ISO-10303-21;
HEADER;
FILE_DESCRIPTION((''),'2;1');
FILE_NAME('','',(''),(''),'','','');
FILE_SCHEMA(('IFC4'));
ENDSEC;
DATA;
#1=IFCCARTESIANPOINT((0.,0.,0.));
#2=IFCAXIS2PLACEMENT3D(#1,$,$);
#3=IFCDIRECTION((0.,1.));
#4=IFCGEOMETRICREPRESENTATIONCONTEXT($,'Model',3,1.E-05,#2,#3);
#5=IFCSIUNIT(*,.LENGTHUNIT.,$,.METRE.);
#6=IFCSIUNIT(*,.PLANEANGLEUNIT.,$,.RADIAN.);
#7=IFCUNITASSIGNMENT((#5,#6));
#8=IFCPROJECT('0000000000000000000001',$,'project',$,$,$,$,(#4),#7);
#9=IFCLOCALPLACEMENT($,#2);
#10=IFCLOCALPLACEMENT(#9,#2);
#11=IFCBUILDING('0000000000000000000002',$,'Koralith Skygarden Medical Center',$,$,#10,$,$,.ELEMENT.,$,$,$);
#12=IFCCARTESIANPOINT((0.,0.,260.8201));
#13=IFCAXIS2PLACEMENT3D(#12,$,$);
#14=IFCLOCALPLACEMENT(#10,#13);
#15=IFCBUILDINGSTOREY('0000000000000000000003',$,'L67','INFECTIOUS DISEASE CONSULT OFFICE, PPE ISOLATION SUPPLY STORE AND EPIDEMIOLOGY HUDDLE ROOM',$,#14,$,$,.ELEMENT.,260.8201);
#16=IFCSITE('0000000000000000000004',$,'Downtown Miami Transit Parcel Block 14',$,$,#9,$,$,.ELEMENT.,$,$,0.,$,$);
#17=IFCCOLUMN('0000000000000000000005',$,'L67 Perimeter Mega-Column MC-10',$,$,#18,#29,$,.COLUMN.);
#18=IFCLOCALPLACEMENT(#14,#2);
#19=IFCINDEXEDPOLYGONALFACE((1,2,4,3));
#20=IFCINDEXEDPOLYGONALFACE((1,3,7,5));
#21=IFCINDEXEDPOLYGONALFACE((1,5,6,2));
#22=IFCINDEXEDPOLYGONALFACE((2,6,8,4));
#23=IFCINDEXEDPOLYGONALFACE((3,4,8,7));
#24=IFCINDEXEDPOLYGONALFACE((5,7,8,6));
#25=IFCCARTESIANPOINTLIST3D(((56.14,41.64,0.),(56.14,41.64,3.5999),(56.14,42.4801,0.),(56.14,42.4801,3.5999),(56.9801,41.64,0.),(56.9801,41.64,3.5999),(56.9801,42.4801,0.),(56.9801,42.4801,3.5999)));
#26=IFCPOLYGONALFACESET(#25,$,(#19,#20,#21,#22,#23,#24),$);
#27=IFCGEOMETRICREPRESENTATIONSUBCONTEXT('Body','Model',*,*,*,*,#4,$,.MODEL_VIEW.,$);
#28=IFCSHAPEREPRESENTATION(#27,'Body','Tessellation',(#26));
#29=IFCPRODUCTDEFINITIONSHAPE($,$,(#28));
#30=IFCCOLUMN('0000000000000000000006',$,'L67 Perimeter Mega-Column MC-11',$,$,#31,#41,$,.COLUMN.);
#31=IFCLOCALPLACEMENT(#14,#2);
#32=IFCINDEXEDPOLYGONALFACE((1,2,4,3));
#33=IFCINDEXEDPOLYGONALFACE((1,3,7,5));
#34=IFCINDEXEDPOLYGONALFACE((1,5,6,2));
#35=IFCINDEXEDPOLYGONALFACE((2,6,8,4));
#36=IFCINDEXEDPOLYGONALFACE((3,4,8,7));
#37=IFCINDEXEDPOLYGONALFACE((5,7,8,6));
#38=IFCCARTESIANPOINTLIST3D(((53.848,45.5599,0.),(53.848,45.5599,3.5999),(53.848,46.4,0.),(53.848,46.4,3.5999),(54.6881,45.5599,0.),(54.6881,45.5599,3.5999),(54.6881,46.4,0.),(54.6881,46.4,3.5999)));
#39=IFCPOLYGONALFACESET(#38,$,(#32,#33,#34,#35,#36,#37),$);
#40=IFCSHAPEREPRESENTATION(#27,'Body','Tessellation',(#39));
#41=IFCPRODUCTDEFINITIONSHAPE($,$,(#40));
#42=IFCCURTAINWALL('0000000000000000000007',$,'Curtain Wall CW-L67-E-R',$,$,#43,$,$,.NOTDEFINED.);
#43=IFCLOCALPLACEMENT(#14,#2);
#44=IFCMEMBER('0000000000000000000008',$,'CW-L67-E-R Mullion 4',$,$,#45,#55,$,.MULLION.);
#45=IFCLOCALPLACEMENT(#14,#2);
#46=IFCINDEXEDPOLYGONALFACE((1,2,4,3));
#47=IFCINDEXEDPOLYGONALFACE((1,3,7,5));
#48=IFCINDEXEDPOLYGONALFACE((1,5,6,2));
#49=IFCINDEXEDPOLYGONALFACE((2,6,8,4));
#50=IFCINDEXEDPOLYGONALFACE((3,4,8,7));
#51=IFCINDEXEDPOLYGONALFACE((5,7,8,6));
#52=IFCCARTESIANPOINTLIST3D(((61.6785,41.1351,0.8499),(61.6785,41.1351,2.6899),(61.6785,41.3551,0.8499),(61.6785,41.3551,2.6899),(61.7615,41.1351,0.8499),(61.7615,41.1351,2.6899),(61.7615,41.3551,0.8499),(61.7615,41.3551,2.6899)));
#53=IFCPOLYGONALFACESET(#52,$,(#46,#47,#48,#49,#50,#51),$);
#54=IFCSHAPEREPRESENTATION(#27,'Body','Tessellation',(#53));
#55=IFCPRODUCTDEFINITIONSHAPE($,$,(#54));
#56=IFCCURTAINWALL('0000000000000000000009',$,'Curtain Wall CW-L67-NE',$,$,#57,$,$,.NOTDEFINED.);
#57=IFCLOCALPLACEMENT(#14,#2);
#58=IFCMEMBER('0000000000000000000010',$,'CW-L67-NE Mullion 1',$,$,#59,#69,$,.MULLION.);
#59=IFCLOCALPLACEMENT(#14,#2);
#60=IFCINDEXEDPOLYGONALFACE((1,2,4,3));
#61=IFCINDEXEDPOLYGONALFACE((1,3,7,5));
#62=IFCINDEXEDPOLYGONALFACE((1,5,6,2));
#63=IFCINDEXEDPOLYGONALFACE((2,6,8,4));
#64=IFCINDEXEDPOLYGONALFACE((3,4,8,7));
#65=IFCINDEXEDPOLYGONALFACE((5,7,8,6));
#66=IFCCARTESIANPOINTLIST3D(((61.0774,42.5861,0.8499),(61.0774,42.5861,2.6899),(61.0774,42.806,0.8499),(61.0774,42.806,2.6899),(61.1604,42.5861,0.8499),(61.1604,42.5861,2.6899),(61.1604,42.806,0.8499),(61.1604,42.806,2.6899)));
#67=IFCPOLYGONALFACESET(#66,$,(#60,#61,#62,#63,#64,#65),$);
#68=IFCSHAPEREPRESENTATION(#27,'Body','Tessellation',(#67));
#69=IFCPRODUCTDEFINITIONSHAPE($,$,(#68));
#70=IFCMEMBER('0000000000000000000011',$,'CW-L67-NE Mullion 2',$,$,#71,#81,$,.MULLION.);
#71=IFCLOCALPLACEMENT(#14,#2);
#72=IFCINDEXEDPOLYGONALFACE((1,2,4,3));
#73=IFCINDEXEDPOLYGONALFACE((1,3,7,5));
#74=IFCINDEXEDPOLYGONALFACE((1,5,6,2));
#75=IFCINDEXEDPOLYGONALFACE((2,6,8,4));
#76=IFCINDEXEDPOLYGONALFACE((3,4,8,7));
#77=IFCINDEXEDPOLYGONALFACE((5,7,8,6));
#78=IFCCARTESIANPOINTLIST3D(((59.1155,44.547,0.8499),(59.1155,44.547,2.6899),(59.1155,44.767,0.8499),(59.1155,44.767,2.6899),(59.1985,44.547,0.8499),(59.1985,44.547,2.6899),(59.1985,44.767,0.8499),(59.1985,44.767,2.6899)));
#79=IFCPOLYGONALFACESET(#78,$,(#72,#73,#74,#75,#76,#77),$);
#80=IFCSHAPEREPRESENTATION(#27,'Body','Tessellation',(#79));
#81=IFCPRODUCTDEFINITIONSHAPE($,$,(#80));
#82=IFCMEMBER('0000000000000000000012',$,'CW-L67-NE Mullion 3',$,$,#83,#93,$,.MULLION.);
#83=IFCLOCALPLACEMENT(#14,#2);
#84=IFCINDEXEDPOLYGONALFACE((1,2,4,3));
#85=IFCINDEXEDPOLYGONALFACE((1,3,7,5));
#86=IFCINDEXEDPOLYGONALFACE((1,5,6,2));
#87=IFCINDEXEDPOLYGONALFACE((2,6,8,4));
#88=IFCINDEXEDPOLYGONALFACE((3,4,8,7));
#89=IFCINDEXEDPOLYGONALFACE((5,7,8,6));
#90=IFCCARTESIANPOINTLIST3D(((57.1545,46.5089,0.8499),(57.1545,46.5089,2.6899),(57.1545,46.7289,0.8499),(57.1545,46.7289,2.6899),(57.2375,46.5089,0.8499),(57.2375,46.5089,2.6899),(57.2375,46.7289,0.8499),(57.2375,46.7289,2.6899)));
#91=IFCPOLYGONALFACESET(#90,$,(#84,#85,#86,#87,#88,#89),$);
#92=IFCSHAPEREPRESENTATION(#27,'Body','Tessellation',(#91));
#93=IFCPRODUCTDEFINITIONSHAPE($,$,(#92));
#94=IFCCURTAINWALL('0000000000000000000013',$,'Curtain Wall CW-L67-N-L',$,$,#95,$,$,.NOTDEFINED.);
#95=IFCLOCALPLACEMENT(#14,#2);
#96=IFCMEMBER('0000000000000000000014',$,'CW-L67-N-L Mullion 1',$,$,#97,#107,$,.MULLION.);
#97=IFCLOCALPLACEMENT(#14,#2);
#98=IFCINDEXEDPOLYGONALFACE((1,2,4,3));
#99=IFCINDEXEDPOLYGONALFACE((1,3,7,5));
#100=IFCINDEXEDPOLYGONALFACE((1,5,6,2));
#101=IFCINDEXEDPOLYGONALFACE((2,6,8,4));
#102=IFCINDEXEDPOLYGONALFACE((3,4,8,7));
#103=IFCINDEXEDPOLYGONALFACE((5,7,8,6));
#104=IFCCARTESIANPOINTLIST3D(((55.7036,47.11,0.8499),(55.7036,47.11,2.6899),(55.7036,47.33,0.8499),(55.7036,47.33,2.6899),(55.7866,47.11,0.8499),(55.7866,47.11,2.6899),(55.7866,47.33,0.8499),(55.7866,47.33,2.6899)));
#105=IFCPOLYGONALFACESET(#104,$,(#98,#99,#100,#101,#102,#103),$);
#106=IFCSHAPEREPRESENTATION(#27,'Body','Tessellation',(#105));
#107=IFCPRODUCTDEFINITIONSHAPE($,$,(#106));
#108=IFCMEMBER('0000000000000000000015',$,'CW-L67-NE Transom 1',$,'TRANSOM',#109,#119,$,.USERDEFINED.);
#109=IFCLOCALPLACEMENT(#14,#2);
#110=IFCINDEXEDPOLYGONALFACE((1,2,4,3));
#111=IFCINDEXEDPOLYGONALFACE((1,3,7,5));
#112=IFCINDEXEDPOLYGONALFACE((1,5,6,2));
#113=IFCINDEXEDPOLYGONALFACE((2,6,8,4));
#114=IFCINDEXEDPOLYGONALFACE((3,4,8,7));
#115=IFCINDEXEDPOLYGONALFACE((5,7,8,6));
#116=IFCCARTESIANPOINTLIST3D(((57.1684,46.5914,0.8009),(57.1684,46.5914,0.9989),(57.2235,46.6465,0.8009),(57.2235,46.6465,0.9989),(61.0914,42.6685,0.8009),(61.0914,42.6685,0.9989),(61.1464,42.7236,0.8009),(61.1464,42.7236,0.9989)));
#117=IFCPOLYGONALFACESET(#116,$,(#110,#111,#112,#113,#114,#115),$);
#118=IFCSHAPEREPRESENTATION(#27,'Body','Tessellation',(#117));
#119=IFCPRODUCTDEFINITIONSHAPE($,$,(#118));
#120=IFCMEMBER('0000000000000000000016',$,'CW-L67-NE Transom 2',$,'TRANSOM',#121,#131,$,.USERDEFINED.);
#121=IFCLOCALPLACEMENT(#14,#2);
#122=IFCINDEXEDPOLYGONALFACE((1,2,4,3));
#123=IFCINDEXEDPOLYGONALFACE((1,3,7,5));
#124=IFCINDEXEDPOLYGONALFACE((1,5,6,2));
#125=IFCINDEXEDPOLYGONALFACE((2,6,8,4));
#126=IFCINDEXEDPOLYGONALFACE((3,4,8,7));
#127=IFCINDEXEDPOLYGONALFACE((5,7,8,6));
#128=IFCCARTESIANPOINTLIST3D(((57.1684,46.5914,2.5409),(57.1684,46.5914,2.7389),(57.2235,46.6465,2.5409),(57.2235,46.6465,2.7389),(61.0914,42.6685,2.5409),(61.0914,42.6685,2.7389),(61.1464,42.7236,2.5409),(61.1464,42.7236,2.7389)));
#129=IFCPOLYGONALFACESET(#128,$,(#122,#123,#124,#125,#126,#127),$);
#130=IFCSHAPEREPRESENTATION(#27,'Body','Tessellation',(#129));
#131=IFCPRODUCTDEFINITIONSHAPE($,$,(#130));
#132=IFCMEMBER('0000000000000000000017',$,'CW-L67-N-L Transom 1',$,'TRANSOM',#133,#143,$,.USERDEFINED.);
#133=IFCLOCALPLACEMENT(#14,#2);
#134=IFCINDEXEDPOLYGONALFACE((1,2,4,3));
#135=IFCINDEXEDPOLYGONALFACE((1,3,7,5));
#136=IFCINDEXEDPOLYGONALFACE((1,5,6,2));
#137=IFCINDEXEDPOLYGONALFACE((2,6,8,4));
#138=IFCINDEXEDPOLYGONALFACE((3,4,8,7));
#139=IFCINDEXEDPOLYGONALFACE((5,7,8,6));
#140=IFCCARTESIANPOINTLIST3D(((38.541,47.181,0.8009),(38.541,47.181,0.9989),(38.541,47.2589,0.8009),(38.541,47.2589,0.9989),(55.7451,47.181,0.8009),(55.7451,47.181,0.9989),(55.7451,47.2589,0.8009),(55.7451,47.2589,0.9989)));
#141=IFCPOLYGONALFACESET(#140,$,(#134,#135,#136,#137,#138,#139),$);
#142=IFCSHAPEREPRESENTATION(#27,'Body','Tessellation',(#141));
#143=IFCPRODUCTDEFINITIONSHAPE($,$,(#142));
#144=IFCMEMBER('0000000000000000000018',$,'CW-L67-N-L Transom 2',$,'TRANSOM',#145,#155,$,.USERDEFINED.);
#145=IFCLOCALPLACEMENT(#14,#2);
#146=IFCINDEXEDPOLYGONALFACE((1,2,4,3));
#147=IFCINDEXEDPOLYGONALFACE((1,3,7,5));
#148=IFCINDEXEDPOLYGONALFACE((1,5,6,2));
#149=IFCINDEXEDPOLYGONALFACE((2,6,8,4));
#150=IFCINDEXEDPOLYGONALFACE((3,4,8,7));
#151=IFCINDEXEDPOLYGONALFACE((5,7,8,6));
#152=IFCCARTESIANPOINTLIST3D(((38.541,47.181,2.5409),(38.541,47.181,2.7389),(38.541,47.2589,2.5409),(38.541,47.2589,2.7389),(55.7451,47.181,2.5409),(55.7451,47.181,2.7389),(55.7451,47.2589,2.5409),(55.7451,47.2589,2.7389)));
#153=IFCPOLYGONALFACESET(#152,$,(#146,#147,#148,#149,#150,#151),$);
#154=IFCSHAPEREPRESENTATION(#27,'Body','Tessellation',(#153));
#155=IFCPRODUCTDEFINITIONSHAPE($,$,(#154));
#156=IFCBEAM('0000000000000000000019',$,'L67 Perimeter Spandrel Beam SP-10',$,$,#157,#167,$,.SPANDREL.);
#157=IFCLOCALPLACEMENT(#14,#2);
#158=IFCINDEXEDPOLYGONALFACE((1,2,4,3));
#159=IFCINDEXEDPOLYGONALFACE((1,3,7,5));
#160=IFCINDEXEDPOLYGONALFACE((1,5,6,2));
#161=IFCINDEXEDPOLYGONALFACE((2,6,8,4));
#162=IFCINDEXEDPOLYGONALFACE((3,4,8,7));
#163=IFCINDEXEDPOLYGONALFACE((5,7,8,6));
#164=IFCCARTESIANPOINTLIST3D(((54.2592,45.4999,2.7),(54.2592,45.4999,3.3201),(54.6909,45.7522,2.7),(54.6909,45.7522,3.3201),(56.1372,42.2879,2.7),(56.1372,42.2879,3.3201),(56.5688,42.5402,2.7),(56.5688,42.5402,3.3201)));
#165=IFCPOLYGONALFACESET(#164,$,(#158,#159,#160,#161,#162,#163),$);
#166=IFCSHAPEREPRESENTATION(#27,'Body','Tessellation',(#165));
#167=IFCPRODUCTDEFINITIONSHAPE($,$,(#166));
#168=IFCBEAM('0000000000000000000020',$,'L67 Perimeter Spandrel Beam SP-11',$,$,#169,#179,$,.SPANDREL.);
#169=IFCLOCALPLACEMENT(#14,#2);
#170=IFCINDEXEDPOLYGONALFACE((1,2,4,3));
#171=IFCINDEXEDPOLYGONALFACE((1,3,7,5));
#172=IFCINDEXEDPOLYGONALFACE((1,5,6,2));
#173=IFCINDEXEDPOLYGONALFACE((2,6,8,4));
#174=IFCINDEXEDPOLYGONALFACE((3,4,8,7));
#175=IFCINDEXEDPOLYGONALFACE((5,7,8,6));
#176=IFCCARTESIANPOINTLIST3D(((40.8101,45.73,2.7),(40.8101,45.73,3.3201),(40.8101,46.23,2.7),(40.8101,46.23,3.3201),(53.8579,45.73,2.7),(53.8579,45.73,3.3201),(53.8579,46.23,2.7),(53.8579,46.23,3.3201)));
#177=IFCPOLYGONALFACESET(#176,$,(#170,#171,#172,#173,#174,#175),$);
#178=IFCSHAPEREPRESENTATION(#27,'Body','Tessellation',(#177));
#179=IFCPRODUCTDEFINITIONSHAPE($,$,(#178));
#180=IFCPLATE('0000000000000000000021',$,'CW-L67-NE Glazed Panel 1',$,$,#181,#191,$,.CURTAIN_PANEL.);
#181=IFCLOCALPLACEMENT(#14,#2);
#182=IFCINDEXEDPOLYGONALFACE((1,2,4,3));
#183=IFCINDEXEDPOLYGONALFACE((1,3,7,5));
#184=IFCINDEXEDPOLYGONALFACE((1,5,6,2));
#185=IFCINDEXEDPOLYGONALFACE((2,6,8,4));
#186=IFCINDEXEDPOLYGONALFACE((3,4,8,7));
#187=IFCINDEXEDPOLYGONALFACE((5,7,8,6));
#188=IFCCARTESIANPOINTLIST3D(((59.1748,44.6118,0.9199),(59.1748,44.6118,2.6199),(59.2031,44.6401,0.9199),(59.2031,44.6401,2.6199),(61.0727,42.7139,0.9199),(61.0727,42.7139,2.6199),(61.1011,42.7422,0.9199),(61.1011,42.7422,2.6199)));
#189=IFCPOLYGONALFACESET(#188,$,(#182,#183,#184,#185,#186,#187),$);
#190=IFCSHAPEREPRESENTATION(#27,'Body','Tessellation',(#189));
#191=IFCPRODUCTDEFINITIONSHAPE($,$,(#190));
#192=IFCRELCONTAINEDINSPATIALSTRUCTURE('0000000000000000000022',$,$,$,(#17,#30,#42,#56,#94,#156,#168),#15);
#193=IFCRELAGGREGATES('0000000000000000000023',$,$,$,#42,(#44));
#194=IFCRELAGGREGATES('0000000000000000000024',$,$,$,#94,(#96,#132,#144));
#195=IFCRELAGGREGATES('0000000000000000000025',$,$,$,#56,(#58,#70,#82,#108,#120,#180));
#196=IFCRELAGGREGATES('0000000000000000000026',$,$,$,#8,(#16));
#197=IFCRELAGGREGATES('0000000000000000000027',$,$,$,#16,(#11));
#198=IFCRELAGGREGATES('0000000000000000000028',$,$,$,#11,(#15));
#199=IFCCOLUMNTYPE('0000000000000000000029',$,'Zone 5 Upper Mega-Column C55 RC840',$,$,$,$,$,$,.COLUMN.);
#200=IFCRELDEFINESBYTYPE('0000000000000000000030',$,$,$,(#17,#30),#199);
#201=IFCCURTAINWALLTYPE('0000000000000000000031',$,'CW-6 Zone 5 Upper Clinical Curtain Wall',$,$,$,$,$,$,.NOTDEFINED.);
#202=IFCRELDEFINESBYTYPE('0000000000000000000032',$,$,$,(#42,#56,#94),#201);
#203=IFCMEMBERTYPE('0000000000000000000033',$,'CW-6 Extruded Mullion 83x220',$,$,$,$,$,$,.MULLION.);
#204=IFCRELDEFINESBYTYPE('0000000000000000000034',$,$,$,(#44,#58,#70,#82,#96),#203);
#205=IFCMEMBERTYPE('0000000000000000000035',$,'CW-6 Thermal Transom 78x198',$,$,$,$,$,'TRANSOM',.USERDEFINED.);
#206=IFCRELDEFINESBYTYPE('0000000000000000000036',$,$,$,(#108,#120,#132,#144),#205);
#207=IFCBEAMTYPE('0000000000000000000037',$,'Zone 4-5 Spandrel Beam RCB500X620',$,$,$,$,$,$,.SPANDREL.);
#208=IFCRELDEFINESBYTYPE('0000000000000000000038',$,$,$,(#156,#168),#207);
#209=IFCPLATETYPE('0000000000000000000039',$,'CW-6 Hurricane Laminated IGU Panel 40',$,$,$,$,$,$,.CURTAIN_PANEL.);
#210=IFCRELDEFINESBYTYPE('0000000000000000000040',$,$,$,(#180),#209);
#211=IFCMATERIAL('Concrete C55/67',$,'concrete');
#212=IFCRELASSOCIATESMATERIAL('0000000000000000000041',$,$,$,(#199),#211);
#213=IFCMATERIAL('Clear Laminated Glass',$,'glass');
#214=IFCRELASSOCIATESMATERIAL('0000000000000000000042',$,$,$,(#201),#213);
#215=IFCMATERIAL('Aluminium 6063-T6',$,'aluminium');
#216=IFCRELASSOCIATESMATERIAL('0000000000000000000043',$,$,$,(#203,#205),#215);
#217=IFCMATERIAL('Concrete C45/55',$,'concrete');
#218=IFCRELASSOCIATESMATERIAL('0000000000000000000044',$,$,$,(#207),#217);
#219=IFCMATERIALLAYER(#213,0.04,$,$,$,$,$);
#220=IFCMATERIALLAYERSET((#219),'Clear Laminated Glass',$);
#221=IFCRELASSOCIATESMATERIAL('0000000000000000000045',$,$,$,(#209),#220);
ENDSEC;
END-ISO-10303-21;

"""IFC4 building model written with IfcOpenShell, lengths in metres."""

from ifc_helpers import new_model, si_unit, direction, frame, origin, origin_2d, place, context, subcontext, project, spatial, rectangle, extrude, material, layer, layer_set, material_profile, profile_set, type_object, element, aggregate, save


model = new_model("IFC4")

# Units and contexts
model_context = context("Model", 3, precision=1e-05, world=origin(), true_north=direction((0.0, 1.0)))
body_context = subcontext(model_context, "Body", "Model", "MODEL_VIEW")
ifc_project = project(units=[si_unit("LENGTHUNIT", "METRE"), si_unit("PLANEANGLEUNIT", "RADIAN")], contexts=[model_context])

# Site, building, storey
site_placement = place(None, origin())
site = spatial("IfcSite", under=ifc_project, at=site_placement, Name="Downtown Miami Transit Parcel Block 14", CompositionType="ELEMENT", RefElevation=0.0)
building_placement = place(site_placement, origin())
building = spatial("IfcBuilding", under=site, at=building_placement, Name="Koralith Skygarden Medical Center", CompositionType="ELEMENT")
storey_placement = place(building_placement, frame((0.0, 0.0, 260.8201)))
storey = spatial("IfcBuildingStorey", under=building, at=storey_placement, Name="L67", Description="INFECTIOUS DISEASE CONSULT OFFICE, PPE ISOLATION SUPPLY STORE AND EPIDEMIOLOGY HUDDLE ROOM", CompositionType="ELEMENT", Elevation=260.8201)

# Columns
ifc_material_1 = material(Name="Concrete C55/67", Category="concrete")
ifc_material_profile_1 = material_profile(ifc_material_1, rectangle(XDim=0.8401, YDim=0.8401, at=origin_2d()), Name="RC840X840")
ifc_profile_set_1 = profile_set([ifc_material_profile_1], Name="Concrete C55/67")
column_type = type_object("IfcColumnType", Name="Zone 5 Upper Mega-Column C55 RC840", PredefinedType="COLUMN", material=ifc_profile_set_1)
for number, where, z_axis, x_axis, name in (
    (1, (56.5601, 42.0601, 0.0), (0.0, 0.0, 1.0), (1.0, 0.0, 0.0), "L67 Perimeter Mega-Column MC-10"),
    (2, (54.2681, 45.98, 0.0), (0.0, 0.0, 1.0), (1.0, 0.0, 0.0), "L67 Perimeter Mega-Column MC-11"),
):
    element("IfcColumn", number, at=place(storey_placement, frame(where, z_axis=z_axis, x_axis=x_axis)), inside=storey, type_object=column_type, Name=name, PredefinedType="COLUMN", context=body_context, shape_type="SweptSolid", body=[
        extrude(rectangle(XDim=0.8401, YDim=0.8401, at=origin_2d()), origin(), (0.0, 0.0, 1.0), 3.5999),
    ])

# Curtain wall, member
ifc_material_2 = material(Name="Clear Laminated Glass", Category="glass")
curtain_wall_type = type_object("IfcCurtainWallType", Name="CW-6 Zone 5 Upper Clinical Curtain Wall", PredefinedType="NOTDEFINED", material=ifc_material_2)
curtain_wall_1_placement = place(storey_placement, origin())
curtain_wall_1 = element("IfcCurtainWall", 3, at=curtain_wall_1_placement, inside=storey, type_object=curtain_wall_type, Name="Curtain Wall CW-L67-E-R", PredefinedType="NOTDEFINED")
ifc_material_3 = material(Name="Aluminium 6063-T6", Category="aluminium")
ifc_material_profile_2 = material_profile(ifc_material_3, rectangle(XDim=0.083, YDim=0.22, at=origin_2d()), Name="MUL83X220")
ifc_profile_set_2 = profile_set([ifc_material_profile_2], Name="Aluminium 6063-T6")
member_type_1 = type_object("IfcMemberType", Name="CW-6 Extruded Mullion 83x220", PredefinedType="MULLION", material=ifc_profile_set_2)
member_1_placement = place(storey_placement, frame((61.72, 41.2451, 0.8499), z_axis=(0.0, 0.0, 1.0), x_axis=(1.0, 0.0, 0.0)))
member_1 = element("IfcMember", 4, at=member_1_placement, type_object=member_type_1, Name="CW-L67-E-R Mullion 4", PredefinedType="MULLION", context=body_context, shape_type="SweptSolid", body=[
    extrude(rectangle(XDim=0.083, YDim=0.22, at=origin_2d()), origin(), (0.0, 0.0, 1.0), 1.8401),
])
aggregate(curtain_wall_1, [member_1])

# Curtain wall, members
curtain_wall_2_placement = place(storey_placement, origin())
curtain_wall_2 = element("IfcCurtainWall", 5, at=curtain_wall_2_placement, inside=storey, type_object=curtain_wall_type, Name="Curtain Wall CW-L67-NE", PredefinedType="NOTDEFINED")
member_2_placement = place(storey_placement, frame((61.1189, 42.696, 0.8499), z_axis=(0.0, 0.0, 1.0), x_axis=(1.0, 0.0, 0.0)))
member_2 = element("IfcMember", 6, at=member_2_placement, type_object=member_type_1, Name="CW-L67-NE Mullion 1", PredefinedType="MULLION", context=body_context, shape_type="SweptSolid", body=[
    extrude(rectangle(XDim=0.083, YDim=0.22, at=origin_2d()), origin(), (0.0, 0.0, 1.0), 1.8401),
])
member_3_placement = place(storey_placement, frame((59.157, 44.657, 0.8499), z_axis=(0.0, 0.0, 1.0), x_axis=(1.0, 0.0, 0.0)))
member_3 = element("IfcMember", 7, at=member_3_placement, type_object=member_type_1, Name="CW-L67-NE Mullion 2", PredefinedType="MULLION", context=body_context, shape_type="SweptSolid", body=[
    extrude(rectangle(XDim=0.083, YDim=0.22, at=origin_2d()), origin(), (0.0, 0.0, 1.0), 1.8401),
])
member_4_placement = place(storey_placement, frame((57.196, 46.6189, 0.8499), z_axis=(0.0, 0.0, 1.0), x_axis=(1.0, 0.0, 0.0)))
member_4 = element("IfcMember", 8, at=member_4_placement, type_object=member_type_1, Name="CW-L67-NE Mullion 3", PredefinedType="MULLION", context=body_context, shape_type="SweptSolid", body=[
    extrude(rectangle(XDim=0.083, YDim=0.22, at=origin_2d()), origin(), (0.0, 0.0, 1.0), 1.8401),
])

# Curtain wall, member
curtain_wall_3_placement = place(storey_placement, origin())
curtain_wall_3 = element("IfcCurtainWall", 9, at=curtain_wall_3_placement, inside=storey, type_object=curtain_wall_type, Name="Curtain Wall CW-L67-N-L", PredefinedType="NOTDEFINED")
member_5_placement = place(storey_placement, frame((55.7451, 47.22, 0.8499), z_axis=(0.0, 0.0, 1.0), x_axis=(1.0, 0.0, 0.0)))
member_5 = element("IfcMember", 10, at=member_5_placement, type_object=member_type_1, Name="CW-L67-N-L Mullion 1", PredefinedType="MULLION", context=body_context, shape_type="SweptSolid", body=[
    extrude(rectangle(XDim=0.083, YDim=0.22, at=origin_2d()), origin(), (0.0, 0.0, 1.0), 1.8401),
])

# Members
ifc_material_profile_3 = material_profile(ifc_material_3, rectangle(XDim=0.0779, YDim=0.198, at=origin_2d()), Name="TRN78X198")
ifc_profile_set_3 = profile_set([ifc_material_profile_3], Name="Aluminium 6063-T6")
member_type_2 = type_object("IfcMemberType", Name="CW-6 Thermal Transom 78x198", ElementType="TRANSOM", PredefinedType="USERDEFINED", material=ifc_profile_set_3)
member_6_placement = place(storey_placement, frame((61.1189, 42.696, 0.8999), z_axis=(-0.707107, 0.707107, 0.0), x_axis=(-0.707107, -0.707107, 0.0)))
member_6 = element("IfcMember", 11, at=member_6_placement, type_object=member_type_2, Name="CW-L67-NE Transom 1", ObjectType="TRANSOM", PredefinedType="USERDEFINED", context=body_context, shape_type="SweptSolid", body=[
    extrude(rectangle(XDim=0.0779, YDim=0.198, at=origin_2d()), origin(), (0.0, 0.0, 1.0), 5.5479),
])
member_7_placement = place(storey_placement, frame((61.1189, 42.696, 2.6399), z_axis=(-0.707107, 0.707107, 0.0), x_axis=(-0.707107, -0.707107, 0.0)))
member_7 = element("IfcMember", 12, at=member_7_placement, type_object=member_type_2, Name="CW-L67-NE Transom 2", ObjectType="TRANSOM", PredefinedType="USERDEFINED", context=body_context, shape_type="SweptSolid", body=[
    extrude(rectangle(XDim=0.0779, YDim=0.198, at=origin_2d()), origin(), (0.0, 0.0, 1.0), 5.5479),
])
member_8_placement = place(storey_placement, frame((55.7451, 47.22, 0.8999), z_axis=(-1.0, 0.0, 0.0), x_axis=(0.0, -1.0, 0.0)))
member_8 = element("IfcMember", 13, at=member_8_placement, type_object=member_type_2, Name="CW-L67-N-L Transom 1", ObjectType="TRANSOM", PredefinedType="USERDEFINED", context=body_context, shape_type="SweptSolid", body=[
    extrude(rectangle(XDim=0.0779, YDim=0.198, at=origin_2d()), origin(), (0.0, 0.0, 1.0), 17.2041),
])
member_9_placement = place(storey_placement, frame((55.7451, 47.22, 2.6399), z_axis=(-1.0, 0.0, 0.0), x_axis=(0.0, -1.0, 0.0)))
member_9 = element("IfcMember", 14, at=member_9_placement, type_object=member_type_2, Name="CW-L67-N-L Transom 2", ObjectType="TRANSOM", PredefinedType="USERDEFINED", context=body_context, shape_type="SweptSolid", body=[
    extrude(rectangle(XDim=0.0779, YDim=0.198, at=origin_2d()), origin(), (0.0, 0.0, 1.0), 17.2041),
])
aggregate(curtain_wall_3, [member_5, member_8, member_9])

# Beams
ifc_material_4 = material(Name="Concrete C45/55", Category="concrete")
ifc_material_profile_4 = material_profile(ifc_material_4, rectangle(XDim=0.5, YDim=0.6201, at=origin_2d()), Name="RCB500X620")
ifc_profile_set_4 = profile_set([ifc_material_profile_4], Name="Concrete C45/55")
beam_type = type_object("IfcBeamType", Name="Zone 4-5 Spandrel Beam RCB500X620", PredefinedType="SPANDREL", material=ifc_profile_set_4)
beam_1_placement = place(storey_placement, frame((56.353, 42.4141, 3.01), z_axis=(-0.504736, 0.863274, 0.0), x_axis=(-0.863274, -0.504736, 0.0)))
element("IfcBeam", 15, at=beam_1_placement, inside=storey, type_object=beam_type, Name="L67 Perimeter Spandrel Beam SP-10", PredefinedType="SPANDREL", context=body_context, shape_type="SweptSolid", body=[
    extrude(rectangle(XDim=0.5, YDim=0.6201, at=origin_2d()), origin(), (0.0, 0.0, 1.0), 3.7207),
])
beam_2_placement = place(storey_placement, frame((53.8579, 45.98, 3.01), z_axis=(-1.0, 0.0, 0.0), x_axis=(0.0, -1.0, 0.0)))
element("IfcBeam", 16, at=beam_2_placement, inside=storey, type_object=beam_type, Name="L67 Perimeter Spandrel Beam SP-11", PredefinedType="SPANDREL", context=body_context, shape_type="SweptSolid", body=[
    extrude(rectangle(XDim=0.5, YDim=0.6201, at=origin_2d()), origin(), (0.0, 0.0, 1.0), 13.0479),
])

# Plate
ifc_layer_1 = layer(ifc_material_2, 0.04)
ifc_layer_set_1 = layer_set([ifc_layer_1], Name="Clear Laminated Glass")
plate_type_1 = type_object("IfcPlateType", Name="CW-6 Hurricane Laminated IGU Panel 40", PredefinedType="CURTAIN_PANEL", material=ifc_layer_set_1)
plate_1_placement = place(storey_placement, frame((60.1379, 43.677, 0.9199), z_axis=(0.0, 0.0, 1.0), x_axis=(-0.707107, 0.707107, 0.0)))
plate_1 = element("IfcPlate", 17, at=plate_1_placement, type_object=plate_type_1, Name="CW-L67-NE Glazed Panel 1", PredefinedType="CURTAIN_PANEL", context=body_context, shape_type="SweptSolid", body=[
    extrude(rectangle(XDim=2.6841, YDim=0.04, at=origin_2d()), origin(), (0.0, 0.0, 1.0), 1.7),
])
aggregate(curtain_wall_2, [member_2, member_3, member_4, member_6, member_7, plate_1])

save(model, "model.ifc")
